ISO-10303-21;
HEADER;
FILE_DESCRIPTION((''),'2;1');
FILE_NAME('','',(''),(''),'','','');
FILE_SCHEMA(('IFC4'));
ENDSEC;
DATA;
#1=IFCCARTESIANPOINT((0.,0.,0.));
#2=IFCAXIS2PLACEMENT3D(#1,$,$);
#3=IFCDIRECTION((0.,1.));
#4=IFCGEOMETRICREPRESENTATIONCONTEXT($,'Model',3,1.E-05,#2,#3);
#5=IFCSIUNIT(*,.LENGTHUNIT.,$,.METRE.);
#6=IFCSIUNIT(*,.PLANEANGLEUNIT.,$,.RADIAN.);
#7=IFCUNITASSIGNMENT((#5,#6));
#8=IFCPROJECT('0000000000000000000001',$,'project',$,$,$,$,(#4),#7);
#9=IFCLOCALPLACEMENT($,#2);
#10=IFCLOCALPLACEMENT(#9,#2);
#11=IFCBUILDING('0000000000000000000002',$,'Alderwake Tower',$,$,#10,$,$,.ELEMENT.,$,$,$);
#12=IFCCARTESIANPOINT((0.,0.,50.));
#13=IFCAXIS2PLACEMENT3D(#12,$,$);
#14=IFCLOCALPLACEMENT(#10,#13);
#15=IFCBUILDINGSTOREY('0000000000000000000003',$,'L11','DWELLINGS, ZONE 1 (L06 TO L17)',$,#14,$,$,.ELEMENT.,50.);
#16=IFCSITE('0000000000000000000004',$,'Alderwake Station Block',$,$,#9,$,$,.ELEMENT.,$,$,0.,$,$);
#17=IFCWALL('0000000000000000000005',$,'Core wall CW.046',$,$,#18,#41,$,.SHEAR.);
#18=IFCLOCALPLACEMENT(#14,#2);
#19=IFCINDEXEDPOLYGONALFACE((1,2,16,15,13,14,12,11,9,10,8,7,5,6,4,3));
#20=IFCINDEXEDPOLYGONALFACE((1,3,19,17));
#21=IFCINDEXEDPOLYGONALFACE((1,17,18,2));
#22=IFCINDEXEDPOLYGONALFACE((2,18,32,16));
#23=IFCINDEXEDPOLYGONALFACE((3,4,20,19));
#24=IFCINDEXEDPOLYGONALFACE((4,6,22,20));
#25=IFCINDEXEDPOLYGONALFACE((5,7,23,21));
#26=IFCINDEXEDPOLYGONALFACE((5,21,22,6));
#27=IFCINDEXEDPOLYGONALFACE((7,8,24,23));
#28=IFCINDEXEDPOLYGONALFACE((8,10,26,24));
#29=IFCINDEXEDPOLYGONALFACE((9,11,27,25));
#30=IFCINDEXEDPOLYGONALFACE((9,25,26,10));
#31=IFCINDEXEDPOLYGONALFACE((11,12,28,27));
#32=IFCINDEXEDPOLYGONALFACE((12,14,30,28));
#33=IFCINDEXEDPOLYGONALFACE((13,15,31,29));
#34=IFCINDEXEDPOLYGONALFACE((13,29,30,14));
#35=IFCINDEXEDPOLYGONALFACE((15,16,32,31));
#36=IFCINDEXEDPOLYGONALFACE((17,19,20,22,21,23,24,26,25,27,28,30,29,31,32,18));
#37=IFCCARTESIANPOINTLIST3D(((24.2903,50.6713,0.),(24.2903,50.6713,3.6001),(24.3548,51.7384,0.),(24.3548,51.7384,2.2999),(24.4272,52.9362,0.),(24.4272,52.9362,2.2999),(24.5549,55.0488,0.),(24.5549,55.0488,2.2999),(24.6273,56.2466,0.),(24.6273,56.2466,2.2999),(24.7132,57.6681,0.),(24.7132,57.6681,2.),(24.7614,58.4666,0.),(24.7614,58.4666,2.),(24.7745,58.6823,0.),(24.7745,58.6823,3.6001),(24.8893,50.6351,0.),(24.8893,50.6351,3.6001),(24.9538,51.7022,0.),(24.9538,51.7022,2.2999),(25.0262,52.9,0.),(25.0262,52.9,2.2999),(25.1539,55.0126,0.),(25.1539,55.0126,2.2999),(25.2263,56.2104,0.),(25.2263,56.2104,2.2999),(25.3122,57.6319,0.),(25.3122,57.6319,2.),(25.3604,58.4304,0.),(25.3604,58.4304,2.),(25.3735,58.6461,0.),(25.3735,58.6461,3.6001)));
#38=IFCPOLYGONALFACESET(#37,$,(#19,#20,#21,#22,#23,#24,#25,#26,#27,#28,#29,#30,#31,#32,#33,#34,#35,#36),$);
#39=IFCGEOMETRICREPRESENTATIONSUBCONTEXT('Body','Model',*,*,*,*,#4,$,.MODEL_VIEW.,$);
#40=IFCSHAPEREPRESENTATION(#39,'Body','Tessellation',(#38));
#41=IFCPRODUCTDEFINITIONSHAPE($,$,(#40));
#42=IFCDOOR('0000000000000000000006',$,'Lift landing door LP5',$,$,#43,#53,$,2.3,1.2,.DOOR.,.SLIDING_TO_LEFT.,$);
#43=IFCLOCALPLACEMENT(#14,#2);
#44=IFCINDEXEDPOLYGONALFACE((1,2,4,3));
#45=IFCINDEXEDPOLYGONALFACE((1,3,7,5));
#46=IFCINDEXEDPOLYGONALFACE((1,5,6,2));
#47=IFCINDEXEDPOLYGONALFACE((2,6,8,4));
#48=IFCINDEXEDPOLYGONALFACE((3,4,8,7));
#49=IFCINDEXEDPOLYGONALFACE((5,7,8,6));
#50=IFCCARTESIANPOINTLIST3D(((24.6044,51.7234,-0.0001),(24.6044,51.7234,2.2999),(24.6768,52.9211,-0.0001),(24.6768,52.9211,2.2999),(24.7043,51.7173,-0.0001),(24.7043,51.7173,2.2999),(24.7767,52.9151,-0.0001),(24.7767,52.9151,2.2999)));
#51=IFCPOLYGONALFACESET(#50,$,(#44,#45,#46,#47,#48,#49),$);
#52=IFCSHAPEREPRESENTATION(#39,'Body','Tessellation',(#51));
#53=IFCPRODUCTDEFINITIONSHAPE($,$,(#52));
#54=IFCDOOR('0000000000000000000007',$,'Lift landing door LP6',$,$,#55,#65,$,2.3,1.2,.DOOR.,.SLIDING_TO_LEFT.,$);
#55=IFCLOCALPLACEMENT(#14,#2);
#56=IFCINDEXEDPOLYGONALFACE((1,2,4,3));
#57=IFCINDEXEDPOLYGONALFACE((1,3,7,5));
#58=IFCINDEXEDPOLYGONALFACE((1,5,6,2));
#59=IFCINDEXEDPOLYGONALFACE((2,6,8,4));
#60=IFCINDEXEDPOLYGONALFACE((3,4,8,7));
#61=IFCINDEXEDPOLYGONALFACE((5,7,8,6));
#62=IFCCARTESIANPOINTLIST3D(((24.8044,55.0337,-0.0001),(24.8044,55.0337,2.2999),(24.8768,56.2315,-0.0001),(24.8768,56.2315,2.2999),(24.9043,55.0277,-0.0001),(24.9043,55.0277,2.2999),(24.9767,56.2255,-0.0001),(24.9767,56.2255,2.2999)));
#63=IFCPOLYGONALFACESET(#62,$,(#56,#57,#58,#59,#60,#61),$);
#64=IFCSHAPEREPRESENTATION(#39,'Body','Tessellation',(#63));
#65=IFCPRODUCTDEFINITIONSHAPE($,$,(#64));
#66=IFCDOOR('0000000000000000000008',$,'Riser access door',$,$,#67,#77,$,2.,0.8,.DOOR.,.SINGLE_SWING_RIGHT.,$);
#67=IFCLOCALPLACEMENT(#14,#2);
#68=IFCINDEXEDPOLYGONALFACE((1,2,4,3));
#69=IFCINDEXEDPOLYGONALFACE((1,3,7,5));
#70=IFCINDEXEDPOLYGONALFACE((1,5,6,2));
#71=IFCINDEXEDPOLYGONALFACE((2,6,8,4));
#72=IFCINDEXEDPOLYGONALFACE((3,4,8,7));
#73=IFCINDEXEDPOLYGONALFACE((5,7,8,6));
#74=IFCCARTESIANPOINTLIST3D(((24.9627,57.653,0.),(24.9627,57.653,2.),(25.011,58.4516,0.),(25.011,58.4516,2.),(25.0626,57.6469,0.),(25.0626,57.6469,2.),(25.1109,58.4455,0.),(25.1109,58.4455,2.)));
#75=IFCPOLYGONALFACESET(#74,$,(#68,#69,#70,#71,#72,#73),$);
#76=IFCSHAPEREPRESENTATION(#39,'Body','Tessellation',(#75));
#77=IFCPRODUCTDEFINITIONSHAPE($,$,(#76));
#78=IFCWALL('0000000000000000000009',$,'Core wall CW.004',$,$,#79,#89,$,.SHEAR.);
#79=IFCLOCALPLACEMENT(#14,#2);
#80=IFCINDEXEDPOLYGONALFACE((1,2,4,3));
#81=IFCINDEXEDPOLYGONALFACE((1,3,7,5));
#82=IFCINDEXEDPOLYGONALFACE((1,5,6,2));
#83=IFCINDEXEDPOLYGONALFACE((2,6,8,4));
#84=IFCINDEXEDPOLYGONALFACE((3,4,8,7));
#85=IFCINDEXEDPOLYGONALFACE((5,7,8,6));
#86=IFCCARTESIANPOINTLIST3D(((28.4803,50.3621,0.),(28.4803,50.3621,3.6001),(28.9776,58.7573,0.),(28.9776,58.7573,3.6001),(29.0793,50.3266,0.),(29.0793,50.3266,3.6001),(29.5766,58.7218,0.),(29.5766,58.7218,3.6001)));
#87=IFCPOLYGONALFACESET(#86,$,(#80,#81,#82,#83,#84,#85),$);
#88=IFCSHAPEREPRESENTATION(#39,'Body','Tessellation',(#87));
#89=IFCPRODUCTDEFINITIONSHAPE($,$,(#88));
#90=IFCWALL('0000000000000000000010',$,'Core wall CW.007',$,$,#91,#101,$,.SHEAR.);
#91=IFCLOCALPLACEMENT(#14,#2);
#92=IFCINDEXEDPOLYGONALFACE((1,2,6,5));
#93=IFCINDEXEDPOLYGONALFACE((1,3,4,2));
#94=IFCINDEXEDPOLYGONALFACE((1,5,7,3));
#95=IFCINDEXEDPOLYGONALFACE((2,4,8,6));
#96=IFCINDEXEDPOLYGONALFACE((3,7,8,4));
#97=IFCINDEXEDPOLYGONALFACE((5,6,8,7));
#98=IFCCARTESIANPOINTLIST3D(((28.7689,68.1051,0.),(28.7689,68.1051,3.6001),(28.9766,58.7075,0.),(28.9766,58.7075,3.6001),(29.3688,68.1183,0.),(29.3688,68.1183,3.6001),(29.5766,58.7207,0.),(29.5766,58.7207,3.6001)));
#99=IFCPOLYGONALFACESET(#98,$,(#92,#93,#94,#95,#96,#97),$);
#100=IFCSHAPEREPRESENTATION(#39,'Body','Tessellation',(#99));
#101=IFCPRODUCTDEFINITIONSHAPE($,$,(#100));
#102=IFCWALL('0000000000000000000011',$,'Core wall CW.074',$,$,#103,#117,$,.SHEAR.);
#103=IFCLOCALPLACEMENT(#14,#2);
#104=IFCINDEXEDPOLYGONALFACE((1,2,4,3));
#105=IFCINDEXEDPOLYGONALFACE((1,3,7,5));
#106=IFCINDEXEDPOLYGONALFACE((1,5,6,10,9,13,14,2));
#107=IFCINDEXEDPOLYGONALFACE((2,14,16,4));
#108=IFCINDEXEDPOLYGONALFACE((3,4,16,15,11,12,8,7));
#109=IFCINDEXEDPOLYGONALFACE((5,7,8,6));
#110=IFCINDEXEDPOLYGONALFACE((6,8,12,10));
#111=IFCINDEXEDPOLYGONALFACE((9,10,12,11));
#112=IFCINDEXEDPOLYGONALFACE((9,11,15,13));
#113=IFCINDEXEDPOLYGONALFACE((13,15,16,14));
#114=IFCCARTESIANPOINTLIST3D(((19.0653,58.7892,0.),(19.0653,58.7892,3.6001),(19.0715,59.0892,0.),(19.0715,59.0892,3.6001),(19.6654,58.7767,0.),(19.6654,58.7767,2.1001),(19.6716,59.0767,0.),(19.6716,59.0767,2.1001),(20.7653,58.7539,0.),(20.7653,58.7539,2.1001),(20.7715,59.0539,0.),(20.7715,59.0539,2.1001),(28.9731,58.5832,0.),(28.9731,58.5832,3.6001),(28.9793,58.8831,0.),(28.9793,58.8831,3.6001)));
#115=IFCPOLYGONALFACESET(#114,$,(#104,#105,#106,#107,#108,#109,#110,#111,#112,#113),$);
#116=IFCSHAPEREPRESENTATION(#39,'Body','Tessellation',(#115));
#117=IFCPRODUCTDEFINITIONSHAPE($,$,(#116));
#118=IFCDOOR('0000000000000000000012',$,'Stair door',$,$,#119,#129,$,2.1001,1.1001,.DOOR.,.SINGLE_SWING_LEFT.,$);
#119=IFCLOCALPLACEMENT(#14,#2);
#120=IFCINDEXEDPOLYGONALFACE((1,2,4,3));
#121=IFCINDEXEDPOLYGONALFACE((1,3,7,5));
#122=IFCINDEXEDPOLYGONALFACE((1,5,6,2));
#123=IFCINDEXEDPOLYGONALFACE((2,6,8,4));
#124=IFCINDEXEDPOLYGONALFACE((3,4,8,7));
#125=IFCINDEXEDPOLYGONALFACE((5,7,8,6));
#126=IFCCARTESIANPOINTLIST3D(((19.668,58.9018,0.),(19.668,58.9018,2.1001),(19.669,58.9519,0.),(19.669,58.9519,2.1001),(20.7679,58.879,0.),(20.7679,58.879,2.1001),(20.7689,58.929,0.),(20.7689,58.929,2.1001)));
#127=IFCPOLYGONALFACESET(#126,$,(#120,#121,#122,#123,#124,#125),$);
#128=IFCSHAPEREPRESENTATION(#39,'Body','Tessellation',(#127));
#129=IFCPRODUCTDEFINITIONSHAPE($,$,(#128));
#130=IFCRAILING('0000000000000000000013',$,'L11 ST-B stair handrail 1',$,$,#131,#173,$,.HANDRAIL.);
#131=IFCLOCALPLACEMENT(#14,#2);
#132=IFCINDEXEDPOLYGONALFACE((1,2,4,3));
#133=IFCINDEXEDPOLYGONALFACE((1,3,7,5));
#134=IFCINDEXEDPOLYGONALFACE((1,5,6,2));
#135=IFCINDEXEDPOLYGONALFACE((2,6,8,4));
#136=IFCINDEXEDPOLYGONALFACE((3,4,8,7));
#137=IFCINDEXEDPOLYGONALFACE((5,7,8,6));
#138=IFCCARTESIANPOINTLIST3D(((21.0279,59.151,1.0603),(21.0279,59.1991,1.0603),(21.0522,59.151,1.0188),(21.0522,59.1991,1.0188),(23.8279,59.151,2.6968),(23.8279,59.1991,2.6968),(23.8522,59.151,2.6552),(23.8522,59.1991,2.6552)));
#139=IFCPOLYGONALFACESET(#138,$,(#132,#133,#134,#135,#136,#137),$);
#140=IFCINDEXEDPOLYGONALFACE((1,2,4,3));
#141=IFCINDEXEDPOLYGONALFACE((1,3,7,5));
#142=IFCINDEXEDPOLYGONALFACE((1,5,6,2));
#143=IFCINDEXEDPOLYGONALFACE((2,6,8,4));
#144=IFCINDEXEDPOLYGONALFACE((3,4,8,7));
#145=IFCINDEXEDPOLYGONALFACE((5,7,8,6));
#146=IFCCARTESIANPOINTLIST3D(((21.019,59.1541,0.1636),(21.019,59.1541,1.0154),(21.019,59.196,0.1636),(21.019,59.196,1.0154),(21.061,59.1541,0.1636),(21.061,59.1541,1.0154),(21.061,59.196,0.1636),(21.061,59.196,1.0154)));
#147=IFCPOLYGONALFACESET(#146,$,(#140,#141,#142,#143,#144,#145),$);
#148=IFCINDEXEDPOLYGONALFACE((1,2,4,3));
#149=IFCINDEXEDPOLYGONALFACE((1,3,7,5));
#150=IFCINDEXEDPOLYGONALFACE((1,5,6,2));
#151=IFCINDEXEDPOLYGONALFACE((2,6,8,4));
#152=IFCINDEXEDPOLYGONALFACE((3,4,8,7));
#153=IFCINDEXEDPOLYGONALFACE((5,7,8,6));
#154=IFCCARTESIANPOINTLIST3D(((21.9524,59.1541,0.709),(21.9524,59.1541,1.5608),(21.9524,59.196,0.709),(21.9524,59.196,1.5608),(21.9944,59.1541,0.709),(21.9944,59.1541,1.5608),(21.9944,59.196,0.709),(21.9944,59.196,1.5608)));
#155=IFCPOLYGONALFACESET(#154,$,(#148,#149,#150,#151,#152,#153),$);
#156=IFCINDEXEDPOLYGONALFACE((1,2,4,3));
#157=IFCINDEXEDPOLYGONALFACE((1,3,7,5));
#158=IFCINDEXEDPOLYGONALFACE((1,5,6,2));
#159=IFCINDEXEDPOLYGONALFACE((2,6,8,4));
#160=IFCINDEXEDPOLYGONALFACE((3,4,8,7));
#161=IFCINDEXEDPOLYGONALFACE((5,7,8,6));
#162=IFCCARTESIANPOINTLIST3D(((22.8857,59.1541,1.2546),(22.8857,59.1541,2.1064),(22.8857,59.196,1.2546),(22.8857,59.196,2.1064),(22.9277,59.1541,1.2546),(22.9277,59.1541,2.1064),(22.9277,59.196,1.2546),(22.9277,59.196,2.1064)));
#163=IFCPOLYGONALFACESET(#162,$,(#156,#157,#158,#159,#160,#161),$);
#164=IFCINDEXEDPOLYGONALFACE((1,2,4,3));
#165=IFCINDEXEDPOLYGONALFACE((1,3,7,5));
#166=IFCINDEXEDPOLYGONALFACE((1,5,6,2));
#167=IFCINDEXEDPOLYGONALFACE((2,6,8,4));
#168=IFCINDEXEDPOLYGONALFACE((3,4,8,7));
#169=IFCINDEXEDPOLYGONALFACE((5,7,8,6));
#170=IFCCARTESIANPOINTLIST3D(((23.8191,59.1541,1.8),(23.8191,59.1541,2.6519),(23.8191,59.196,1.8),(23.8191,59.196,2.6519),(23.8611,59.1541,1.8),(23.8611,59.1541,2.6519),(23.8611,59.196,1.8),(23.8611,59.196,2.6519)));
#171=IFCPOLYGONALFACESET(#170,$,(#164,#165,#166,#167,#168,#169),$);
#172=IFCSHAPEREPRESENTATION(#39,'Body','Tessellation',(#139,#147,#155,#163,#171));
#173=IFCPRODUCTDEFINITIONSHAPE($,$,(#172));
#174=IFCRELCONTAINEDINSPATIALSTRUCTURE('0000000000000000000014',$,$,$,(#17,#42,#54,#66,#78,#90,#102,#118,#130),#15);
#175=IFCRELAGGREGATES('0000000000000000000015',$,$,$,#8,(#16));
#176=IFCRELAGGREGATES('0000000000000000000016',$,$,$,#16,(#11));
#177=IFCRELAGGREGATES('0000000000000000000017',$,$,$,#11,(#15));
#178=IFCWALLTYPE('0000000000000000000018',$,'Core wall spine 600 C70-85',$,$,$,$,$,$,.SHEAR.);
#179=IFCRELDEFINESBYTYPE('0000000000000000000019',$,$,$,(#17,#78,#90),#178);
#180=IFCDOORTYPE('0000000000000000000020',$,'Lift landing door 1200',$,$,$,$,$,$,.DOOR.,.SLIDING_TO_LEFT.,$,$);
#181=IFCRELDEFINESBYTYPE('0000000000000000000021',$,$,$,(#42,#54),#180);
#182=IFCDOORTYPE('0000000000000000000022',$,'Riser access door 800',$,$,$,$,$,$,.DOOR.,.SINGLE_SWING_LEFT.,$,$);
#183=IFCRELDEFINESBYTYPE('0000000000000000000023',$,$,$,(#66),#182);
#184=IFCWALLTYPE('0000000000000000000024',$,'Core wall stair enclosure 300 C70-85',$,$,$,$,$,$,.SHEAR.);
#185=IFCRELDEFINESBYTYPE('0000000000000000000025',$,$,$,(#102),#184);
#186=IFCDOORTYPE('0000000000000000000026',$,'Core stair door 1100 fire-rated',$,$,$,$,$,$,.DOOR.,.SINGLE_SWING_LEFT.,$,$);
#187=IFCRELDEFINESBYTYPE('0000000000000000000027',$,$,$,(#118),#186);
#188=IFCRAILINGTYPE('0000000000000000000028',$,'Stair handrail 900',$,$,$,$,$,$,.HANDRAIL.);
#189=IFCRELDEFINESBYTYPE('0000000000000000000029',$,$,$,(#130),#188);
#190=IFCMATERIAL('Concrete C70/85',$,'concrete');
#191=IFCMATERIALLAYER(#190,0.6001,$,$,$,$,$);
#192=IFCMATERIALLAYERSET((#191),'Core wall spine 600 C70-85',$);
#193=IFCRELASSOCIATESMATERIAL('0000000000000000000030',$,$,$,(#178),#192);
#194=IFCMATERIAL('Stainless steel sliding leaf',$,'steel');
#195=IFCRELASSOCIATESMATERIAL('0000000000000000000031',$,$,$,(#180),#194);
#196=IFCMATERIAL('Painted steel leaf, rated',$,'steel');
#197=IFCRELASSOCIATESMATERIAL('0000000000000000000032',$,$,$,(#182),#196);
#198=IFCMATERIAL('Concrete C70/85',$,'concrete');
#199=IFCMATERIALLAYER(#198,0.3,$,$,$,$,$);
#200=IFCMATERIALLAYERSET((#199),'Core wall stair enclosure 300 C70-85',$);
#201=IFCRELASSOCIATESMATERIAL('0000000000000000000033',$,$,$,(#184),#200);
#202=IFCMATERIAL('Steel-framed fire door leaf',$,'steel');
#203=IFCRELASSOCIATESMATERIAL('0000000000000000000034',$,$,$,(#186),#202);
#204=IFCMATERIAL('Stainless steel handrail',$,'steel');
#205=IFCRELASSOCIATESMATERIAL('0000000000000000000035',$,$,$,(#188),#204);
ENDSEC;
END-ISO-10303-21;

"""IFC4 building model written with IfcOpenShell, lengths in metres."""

from ifc_helpers import new_model, si_unit, direction, frame, frame_2d, origin, origin_with_axes, origin_2d, place, context, subcontext, project, spatial, rectangle, extrude, material, layer, layer_set, type_object, element, fill, save


model = new_model("IFC4")

# Units and contexts
model_context = context("Model", 3, precision=1e-05, world=origin(), true_north=direction((0.0, 1.0)))
body_context = subcontext(model_context, "Body", "Model", "MODEL_VIEW")
ifc_project = project(units=[si_unit("LENGTHUNIT", "METRE"), si_unit("PLANEANGLEUNIT", "RADIAN")], contexts=[model_context])

# Site, building, storey
site_placement = place(None, origin())
site = spatial("IfcSite", under=ifc_project, at=site_placement, Name="Alderwake Station Block", CompositionType="ELEMENT", RefElevation=0.0)
building_placement = place(site_placement, origin())
building = spatial("IfcBuilding", under=site, at=building_placement, Name="Alderwake Tower", CompositionType="ELEMENT")
storey_placement = place(building_placement, frame((0.0, 0.0, 50.0)))
storey = spatial("IfcBuildingStorey", under=building, at=storey_placement, Name="L11", Description="DWELLINGS, ZONE 1 (L06 TO L17)", CompositionType="ELEMENT", Elevation=50.0)

# Wall, openings, doors
ifc_material_1 = material(Name="Concrete C70/85", Category="concrete")
ifc_layer_1 = layer(ifc_material_1, 0.6001)
ifc_layer_set_1 = layer_set([ifc_layer_1], Name="Core wall spine 600 C70-85")
wall_type_1 = type_object("IfcWallType", Name="Core wall spine 600 C70-85", PredefinedType="SHEAR", material=ifc_layer_set_1)
ifc_material_2 = material(Name="Stainless steel sliding leaf", Category="steel")
door_type_1 = type_object("IfcDoorType", Name="Lift landing door 1200", OperationType="SLIDING_TO_LEFT", PredefinedType="DOOR", material=ifc_material_2)
ifc_material_3 = material(Name="Painted steel leaf, rated", Category="steel")
door_type_2 = type_object("IfcDoorType", Name="Riser access door 800", OperationType="SINGLE_SWING_LEFT", PredefinedType="DOOR", material=ifc_material_3)
wall_1_placement = place(storey_placement, frame((24.5898, 50.6533, 0.0), z_axis=(0.0, 0.0, 1.0), x_axis=(0.060323, 0.998179, 0.0)))
wall_1 = element("IfcWall", 1, at=wall_1_placement, inside=storey, type_object=wall_type_1, Name="Core wall CW.046", PredefinedType="SHEAR", context=body_context, shape_type="SweptSolid", body=[
    extrude(rectangle(XDim=8.0256, YDim=0.6001, at=frame_2d((4.0127, 0.0))), origin(), (0.0, 0.0, 1.0), 3.6001),
])
opening_1_placement = place(wall_1_placement, frame((1.0688, 0.0, 0.0)))
opening_1 = element("IfcOpeningElement", 2, at=opening_1_placement, cuts=wall_1, PredefinedType="OPENING", context=body_context, shape_type="SweptSolid", body=[
    extrude(rectangle(XDim=1.2, YDim=2.3, at=frame_2d((0.6001, 1.1499))), frame((0.0, 0.3101, 0.0), z_axis=(0.0, -1.0, 0.0), x_axis=(1.0, 0.0, 0.0)), (0.0, 0.0, 1.0), 0.6201),
])
opening_2_placement = place(wall_1_placement, frame((4.3853, 0.0, 0.0)))
opening_2 = element("IfcOpeningElement", 3, at=opening_2_placement, cuts=wall_1, PredefinedType="OPENING", context=body_context, shape_type="SweptSolid", body=[
    extrude(rectangle(XDim=1.2, YDim=2.3, at=frame_2d((0.6001, 1.1499))), frame((0.0, 0.3101, 0.0), z_axis=(0.0, -1.0, 0.0), x_axis=(1.0, 0.0, 0.0)), (0.0, 0.0, 1.0), 0.6201),
])
opening_3_placement = place(wall_1_placement, frame((7.0095, 0.0, 0.0)))
opening_3 = element("IfcOpeningElement", 4, at=opening_3_placement, cuts=wall_1, PredefinedType="OPENING", context=body_context, shape_type="SweptSolid", body=[
    extrude(rectangle(XDim=0.8, YDim=2.0, at=frame_2d((0.3999, 1.0))), frame((0.0, 0.3101, 0.0), z_axis=(0.0, -1.0, 0.0), x_axis=(1.0, 0.0, 0.0)), (0.0, 0.0, 1.0), 0.6201),
])
door_1_placement = place(opening_1_placement, origin())
door_1 = element("IfcDoor", 5, at=door_1_placement, inside=storey, type_object=door_type_1, Name="Lift landing door LP5", OperationType="SLIDING_TO_LEFT", OverallHeight=2.3, OverallWidth=1.2, PredefinedType="DOOR", context=body_context, shape_type="SweptSolid", body=[
    extrude(rectangle(XDim=1.2, YDim=2.3, at=frame_2d((0.6001, 1.1499))), frame((0.0, 0.05, 0.0), z_axis=(0.0, -1.0, 0.0), x_axis=(1.0, 0.0, 0.0)), (0.0, 0.0, 1.0), 0.1001),
])
fill(opening_1, door_1)
door_2_placement = place(opening_2_placement, origin())
door_2 = element("IfcDoor", 6, at=door_2_placement, inside=storey, type_object=door_type_1, Name="Lift landing door LP6", OperationType="SLIDING_TO_LEFT", OverallHeight=2.3, OverallWidth=1.2, PredefinedType="DOOR", context=body_context, shape_type="SweptSolid", body=[
    extrude(rectangle(XDim=1.2, YDim=2.3, at=frame_2d((0.6001, 1.1499))), frame((0.0, 0.05, 0.0), z_axis=(0.0, -1.0, 0.0), x_axis=(1.0, 0.0, 0.0)), (0.0, 0.0, 1.0), 0.1001),
])
fill(opening_2, door_2)
door_3_placement = place(opening_3_placement, origin())
door_3 = element("IfcDoor", 7, at=door_3_placement, inside=storey, type_object=door_type_2, Name="Riser access door", OperationType="SINGLE_SWING_RIGHT", OverallHeight=2.0, OverallWidth=0.8, PredefinedType="DOOR", context=body_context, shape_type="SweptSolid", body=[
    extrude(rectangle(XDim=0.8, YDim=2.0, at=frame_2d((0.3999, 1.0))), frame((0.0, 0.05, 0.0), z_axis=(0.0, -1.0, 0.0), x_axis=(1.0, 0.0, 0.0)), (0.0, 0.0, 1.0), 0.1001),
])
fill(opening_3, door_3)

# Walls
wall_2_placement = place(storey_placement, frame((28.7798, 50.3442, 0.0), z_axis=(0.0, 0.0, 1.0), x_axis=(0.059134, 0.99825, 0.0)))
element("IfcWall", 8, at=wall_2_placement, inside=storey, type_object=wall_type_1, Name="Core wall CW.004", PredefinedType="SHEAR", context=body_context, shape_type="SweptSolid", body=[
    extrude(rectangle(XDim=8.4099, YDim=0.6001, at=frame_2d((4.2051, 0.0))), origin(), (0.0, 0.0, 1.0), 3.6001),
])
wall_3_placement = place(storey_placement, frame((29.2766, 58.7141, 0.0), z_axis=(0.0, 0.0, 1.0), x_axis=(-0.022103, 0.999756, 0.0)))
element("IfcWall", 9, at=wall_3_placement, inside=storey, type_object=wall_type_1, Name="Core wall CW.007", PredefinedType="SHEAR", context=body_context, shape_type="SweptSolid", body=[
    extrude(rectangle(XDim=9.3999, YDim=0.6001, at=frame_2d((4.7, 0.0))), origin(), (0.0, 0.0, 1.0), 3.6001),
])

# Wall, opening, door
ifc_material_4 = material(Name="Concrete C70/85", Category="concrete")
ifc_layer_2 = layer(ifc_material_4, 0.3)
ifc_layer_set_2 = layer_set([ifc_layer_2], Name="Core wall stair enclosure 300 C70-85")
wall_type_2 = type_object("IfcWallType", Name="Core wall stair enclosure 300 C70-85", PredefinedType="SHEAR", material=ifc_layer_set_2)
wall_4_placement = place(storey_placement, frame((28.9763, 58.7332, 0.0), z_axis=(0.0, 0.0, 1.0), x_axis=(-0.999784, 0.020793, 0.0)))
wall_4 = element("IfcWall", 10, at=wall_4_placement, inside=storey, type_object=wall_type_2, Name="Core wall CW.074", PredefinedType="SHEAR", context=body_context, shape_type="SweptSolid", body=[
    extrude(rectangle(XDim=9.9099, YDim=0.3, at=frame_2d((4.9551, 0.0))), origin(), (0.0, 0.0, 1.0), 3.6001),
])
opening_4_placement = place(wall_4_placement, frame((8.2097, 0.0, 0.0)))
opening_4 = element("IfcOpeningElement", 11, at=opening_4_placement, cuts=wall_4, PredefinedType="OPENING", context=body_context, shape_type="SweptSolid", body=[
    extrude(rectangle(XDim=1.1001, YDim=2.1001, at=frame_2d((0.55, 1.05))), frame((0.0, 0.1599, 0.0), z_axis=(0.0, -1.0, 0.0), x_axis=(1.0, 0.0, 0.0)), (0.0, 0.0, 1.0), 0.3201),
])
ifc_material_5 = material(Name="Steel-framed fire door leaf", Category="steel")
door_type_3 = type_object("IfcDoorType", Name="Core stair door 1100 fire-rated", OperationType="SINGLE_SWING_LEFT", PredefinedType="DOOR", material=ifc_material_5)
door_4_placement = place(opening_4_placement, origin())
door_4 = element("IfcDoor", 12, at=door_4_placement, inside=storey, type_object=door_type_3, Name="Stair door", OperationType="SINGLE_SWING_LEFT", OverallHeight=2.1001, OverallWidth=1.1001, PredefinedType="DOOR", context=body_context, shape_type="SweptSolid", body=[
    extrude(rectangle(XDim=1.1001, YDim=2.1001, at=frame_2d((0.55, 1.05))), frame((0.0, 0.0249, 0.0), z_axis=(0.0, -1.0, 0.0), x_axis=(1.0, 0.0, 0.0)), (0.0, 0.0, 1.0), 0.05),
])
fill(opening_4, door_4)

# Railing
ifc_material_6 = material(Name="Stainless steel handrail", Category="steel")
railing_type = type_object("IfcRailingType", Name="Stair handrail 900", PredefinedType="HANDRAIL", material=ifc_material_6)
railing_placement = place(storey_placement, frame((21.04, 59.175, 0.1636)))
element("IfcRailing", 13, at=railing_placement, inside=storey, type_object=railing_type, Name="L11 ST-B stair handrail 1", PredefinedType="HANDRAIL", context=body_context, shape_type="SweptSolid", body=[
    extrude(rectangle(XDim=0.0481, YDim=0.0481, at=origin_2d()), frame((0.0, 0.0, 0.876), z_axis=(0.863361, 0.0, 0.504587), x_axis=(0.0, 1.0, 0.0)), (0.0, 0.0, 1.0), 3.2432),
    extrude(rectangle(XDim=0.042, YDim=0.042, at=origin_2d()), origin_with_axes(), (0.0, 0.0, 1.0), 0.8518),
    extrude(rectangle(XDim=0.042, YDim=0.042, at=origin_2d()), frame((0.9333, 0.0, 0.5454), z_axis=(0.0, 0.0, 1.0), x_axis=(1.0, 0.0, 0.0)), (0.0, 0.0, 1.0), 0.8518),
    extrude(rectangle(XDim=0.042, YDim=0.042, at=origin_2d()), frame((1.8667, 0.0, 1.0911), z_axis=(0.0, 0.0, 1.0), x_axis=(1.0, 0.0, 0.0)), (0.0, 0.0, 1.0), 0.8518),
    extrude(rectangle(XDim=0.042, YDim=0.042, at=origin_2d()), frame((2.8, 0.0, 1.6365), z_axis=(0.0, 0.0, 1.0), x_axis=(1.0, 0.0, 0.0)), (0.0, 0.0, 1.0), 0.8518),
])

save(model, "model.ifc")
